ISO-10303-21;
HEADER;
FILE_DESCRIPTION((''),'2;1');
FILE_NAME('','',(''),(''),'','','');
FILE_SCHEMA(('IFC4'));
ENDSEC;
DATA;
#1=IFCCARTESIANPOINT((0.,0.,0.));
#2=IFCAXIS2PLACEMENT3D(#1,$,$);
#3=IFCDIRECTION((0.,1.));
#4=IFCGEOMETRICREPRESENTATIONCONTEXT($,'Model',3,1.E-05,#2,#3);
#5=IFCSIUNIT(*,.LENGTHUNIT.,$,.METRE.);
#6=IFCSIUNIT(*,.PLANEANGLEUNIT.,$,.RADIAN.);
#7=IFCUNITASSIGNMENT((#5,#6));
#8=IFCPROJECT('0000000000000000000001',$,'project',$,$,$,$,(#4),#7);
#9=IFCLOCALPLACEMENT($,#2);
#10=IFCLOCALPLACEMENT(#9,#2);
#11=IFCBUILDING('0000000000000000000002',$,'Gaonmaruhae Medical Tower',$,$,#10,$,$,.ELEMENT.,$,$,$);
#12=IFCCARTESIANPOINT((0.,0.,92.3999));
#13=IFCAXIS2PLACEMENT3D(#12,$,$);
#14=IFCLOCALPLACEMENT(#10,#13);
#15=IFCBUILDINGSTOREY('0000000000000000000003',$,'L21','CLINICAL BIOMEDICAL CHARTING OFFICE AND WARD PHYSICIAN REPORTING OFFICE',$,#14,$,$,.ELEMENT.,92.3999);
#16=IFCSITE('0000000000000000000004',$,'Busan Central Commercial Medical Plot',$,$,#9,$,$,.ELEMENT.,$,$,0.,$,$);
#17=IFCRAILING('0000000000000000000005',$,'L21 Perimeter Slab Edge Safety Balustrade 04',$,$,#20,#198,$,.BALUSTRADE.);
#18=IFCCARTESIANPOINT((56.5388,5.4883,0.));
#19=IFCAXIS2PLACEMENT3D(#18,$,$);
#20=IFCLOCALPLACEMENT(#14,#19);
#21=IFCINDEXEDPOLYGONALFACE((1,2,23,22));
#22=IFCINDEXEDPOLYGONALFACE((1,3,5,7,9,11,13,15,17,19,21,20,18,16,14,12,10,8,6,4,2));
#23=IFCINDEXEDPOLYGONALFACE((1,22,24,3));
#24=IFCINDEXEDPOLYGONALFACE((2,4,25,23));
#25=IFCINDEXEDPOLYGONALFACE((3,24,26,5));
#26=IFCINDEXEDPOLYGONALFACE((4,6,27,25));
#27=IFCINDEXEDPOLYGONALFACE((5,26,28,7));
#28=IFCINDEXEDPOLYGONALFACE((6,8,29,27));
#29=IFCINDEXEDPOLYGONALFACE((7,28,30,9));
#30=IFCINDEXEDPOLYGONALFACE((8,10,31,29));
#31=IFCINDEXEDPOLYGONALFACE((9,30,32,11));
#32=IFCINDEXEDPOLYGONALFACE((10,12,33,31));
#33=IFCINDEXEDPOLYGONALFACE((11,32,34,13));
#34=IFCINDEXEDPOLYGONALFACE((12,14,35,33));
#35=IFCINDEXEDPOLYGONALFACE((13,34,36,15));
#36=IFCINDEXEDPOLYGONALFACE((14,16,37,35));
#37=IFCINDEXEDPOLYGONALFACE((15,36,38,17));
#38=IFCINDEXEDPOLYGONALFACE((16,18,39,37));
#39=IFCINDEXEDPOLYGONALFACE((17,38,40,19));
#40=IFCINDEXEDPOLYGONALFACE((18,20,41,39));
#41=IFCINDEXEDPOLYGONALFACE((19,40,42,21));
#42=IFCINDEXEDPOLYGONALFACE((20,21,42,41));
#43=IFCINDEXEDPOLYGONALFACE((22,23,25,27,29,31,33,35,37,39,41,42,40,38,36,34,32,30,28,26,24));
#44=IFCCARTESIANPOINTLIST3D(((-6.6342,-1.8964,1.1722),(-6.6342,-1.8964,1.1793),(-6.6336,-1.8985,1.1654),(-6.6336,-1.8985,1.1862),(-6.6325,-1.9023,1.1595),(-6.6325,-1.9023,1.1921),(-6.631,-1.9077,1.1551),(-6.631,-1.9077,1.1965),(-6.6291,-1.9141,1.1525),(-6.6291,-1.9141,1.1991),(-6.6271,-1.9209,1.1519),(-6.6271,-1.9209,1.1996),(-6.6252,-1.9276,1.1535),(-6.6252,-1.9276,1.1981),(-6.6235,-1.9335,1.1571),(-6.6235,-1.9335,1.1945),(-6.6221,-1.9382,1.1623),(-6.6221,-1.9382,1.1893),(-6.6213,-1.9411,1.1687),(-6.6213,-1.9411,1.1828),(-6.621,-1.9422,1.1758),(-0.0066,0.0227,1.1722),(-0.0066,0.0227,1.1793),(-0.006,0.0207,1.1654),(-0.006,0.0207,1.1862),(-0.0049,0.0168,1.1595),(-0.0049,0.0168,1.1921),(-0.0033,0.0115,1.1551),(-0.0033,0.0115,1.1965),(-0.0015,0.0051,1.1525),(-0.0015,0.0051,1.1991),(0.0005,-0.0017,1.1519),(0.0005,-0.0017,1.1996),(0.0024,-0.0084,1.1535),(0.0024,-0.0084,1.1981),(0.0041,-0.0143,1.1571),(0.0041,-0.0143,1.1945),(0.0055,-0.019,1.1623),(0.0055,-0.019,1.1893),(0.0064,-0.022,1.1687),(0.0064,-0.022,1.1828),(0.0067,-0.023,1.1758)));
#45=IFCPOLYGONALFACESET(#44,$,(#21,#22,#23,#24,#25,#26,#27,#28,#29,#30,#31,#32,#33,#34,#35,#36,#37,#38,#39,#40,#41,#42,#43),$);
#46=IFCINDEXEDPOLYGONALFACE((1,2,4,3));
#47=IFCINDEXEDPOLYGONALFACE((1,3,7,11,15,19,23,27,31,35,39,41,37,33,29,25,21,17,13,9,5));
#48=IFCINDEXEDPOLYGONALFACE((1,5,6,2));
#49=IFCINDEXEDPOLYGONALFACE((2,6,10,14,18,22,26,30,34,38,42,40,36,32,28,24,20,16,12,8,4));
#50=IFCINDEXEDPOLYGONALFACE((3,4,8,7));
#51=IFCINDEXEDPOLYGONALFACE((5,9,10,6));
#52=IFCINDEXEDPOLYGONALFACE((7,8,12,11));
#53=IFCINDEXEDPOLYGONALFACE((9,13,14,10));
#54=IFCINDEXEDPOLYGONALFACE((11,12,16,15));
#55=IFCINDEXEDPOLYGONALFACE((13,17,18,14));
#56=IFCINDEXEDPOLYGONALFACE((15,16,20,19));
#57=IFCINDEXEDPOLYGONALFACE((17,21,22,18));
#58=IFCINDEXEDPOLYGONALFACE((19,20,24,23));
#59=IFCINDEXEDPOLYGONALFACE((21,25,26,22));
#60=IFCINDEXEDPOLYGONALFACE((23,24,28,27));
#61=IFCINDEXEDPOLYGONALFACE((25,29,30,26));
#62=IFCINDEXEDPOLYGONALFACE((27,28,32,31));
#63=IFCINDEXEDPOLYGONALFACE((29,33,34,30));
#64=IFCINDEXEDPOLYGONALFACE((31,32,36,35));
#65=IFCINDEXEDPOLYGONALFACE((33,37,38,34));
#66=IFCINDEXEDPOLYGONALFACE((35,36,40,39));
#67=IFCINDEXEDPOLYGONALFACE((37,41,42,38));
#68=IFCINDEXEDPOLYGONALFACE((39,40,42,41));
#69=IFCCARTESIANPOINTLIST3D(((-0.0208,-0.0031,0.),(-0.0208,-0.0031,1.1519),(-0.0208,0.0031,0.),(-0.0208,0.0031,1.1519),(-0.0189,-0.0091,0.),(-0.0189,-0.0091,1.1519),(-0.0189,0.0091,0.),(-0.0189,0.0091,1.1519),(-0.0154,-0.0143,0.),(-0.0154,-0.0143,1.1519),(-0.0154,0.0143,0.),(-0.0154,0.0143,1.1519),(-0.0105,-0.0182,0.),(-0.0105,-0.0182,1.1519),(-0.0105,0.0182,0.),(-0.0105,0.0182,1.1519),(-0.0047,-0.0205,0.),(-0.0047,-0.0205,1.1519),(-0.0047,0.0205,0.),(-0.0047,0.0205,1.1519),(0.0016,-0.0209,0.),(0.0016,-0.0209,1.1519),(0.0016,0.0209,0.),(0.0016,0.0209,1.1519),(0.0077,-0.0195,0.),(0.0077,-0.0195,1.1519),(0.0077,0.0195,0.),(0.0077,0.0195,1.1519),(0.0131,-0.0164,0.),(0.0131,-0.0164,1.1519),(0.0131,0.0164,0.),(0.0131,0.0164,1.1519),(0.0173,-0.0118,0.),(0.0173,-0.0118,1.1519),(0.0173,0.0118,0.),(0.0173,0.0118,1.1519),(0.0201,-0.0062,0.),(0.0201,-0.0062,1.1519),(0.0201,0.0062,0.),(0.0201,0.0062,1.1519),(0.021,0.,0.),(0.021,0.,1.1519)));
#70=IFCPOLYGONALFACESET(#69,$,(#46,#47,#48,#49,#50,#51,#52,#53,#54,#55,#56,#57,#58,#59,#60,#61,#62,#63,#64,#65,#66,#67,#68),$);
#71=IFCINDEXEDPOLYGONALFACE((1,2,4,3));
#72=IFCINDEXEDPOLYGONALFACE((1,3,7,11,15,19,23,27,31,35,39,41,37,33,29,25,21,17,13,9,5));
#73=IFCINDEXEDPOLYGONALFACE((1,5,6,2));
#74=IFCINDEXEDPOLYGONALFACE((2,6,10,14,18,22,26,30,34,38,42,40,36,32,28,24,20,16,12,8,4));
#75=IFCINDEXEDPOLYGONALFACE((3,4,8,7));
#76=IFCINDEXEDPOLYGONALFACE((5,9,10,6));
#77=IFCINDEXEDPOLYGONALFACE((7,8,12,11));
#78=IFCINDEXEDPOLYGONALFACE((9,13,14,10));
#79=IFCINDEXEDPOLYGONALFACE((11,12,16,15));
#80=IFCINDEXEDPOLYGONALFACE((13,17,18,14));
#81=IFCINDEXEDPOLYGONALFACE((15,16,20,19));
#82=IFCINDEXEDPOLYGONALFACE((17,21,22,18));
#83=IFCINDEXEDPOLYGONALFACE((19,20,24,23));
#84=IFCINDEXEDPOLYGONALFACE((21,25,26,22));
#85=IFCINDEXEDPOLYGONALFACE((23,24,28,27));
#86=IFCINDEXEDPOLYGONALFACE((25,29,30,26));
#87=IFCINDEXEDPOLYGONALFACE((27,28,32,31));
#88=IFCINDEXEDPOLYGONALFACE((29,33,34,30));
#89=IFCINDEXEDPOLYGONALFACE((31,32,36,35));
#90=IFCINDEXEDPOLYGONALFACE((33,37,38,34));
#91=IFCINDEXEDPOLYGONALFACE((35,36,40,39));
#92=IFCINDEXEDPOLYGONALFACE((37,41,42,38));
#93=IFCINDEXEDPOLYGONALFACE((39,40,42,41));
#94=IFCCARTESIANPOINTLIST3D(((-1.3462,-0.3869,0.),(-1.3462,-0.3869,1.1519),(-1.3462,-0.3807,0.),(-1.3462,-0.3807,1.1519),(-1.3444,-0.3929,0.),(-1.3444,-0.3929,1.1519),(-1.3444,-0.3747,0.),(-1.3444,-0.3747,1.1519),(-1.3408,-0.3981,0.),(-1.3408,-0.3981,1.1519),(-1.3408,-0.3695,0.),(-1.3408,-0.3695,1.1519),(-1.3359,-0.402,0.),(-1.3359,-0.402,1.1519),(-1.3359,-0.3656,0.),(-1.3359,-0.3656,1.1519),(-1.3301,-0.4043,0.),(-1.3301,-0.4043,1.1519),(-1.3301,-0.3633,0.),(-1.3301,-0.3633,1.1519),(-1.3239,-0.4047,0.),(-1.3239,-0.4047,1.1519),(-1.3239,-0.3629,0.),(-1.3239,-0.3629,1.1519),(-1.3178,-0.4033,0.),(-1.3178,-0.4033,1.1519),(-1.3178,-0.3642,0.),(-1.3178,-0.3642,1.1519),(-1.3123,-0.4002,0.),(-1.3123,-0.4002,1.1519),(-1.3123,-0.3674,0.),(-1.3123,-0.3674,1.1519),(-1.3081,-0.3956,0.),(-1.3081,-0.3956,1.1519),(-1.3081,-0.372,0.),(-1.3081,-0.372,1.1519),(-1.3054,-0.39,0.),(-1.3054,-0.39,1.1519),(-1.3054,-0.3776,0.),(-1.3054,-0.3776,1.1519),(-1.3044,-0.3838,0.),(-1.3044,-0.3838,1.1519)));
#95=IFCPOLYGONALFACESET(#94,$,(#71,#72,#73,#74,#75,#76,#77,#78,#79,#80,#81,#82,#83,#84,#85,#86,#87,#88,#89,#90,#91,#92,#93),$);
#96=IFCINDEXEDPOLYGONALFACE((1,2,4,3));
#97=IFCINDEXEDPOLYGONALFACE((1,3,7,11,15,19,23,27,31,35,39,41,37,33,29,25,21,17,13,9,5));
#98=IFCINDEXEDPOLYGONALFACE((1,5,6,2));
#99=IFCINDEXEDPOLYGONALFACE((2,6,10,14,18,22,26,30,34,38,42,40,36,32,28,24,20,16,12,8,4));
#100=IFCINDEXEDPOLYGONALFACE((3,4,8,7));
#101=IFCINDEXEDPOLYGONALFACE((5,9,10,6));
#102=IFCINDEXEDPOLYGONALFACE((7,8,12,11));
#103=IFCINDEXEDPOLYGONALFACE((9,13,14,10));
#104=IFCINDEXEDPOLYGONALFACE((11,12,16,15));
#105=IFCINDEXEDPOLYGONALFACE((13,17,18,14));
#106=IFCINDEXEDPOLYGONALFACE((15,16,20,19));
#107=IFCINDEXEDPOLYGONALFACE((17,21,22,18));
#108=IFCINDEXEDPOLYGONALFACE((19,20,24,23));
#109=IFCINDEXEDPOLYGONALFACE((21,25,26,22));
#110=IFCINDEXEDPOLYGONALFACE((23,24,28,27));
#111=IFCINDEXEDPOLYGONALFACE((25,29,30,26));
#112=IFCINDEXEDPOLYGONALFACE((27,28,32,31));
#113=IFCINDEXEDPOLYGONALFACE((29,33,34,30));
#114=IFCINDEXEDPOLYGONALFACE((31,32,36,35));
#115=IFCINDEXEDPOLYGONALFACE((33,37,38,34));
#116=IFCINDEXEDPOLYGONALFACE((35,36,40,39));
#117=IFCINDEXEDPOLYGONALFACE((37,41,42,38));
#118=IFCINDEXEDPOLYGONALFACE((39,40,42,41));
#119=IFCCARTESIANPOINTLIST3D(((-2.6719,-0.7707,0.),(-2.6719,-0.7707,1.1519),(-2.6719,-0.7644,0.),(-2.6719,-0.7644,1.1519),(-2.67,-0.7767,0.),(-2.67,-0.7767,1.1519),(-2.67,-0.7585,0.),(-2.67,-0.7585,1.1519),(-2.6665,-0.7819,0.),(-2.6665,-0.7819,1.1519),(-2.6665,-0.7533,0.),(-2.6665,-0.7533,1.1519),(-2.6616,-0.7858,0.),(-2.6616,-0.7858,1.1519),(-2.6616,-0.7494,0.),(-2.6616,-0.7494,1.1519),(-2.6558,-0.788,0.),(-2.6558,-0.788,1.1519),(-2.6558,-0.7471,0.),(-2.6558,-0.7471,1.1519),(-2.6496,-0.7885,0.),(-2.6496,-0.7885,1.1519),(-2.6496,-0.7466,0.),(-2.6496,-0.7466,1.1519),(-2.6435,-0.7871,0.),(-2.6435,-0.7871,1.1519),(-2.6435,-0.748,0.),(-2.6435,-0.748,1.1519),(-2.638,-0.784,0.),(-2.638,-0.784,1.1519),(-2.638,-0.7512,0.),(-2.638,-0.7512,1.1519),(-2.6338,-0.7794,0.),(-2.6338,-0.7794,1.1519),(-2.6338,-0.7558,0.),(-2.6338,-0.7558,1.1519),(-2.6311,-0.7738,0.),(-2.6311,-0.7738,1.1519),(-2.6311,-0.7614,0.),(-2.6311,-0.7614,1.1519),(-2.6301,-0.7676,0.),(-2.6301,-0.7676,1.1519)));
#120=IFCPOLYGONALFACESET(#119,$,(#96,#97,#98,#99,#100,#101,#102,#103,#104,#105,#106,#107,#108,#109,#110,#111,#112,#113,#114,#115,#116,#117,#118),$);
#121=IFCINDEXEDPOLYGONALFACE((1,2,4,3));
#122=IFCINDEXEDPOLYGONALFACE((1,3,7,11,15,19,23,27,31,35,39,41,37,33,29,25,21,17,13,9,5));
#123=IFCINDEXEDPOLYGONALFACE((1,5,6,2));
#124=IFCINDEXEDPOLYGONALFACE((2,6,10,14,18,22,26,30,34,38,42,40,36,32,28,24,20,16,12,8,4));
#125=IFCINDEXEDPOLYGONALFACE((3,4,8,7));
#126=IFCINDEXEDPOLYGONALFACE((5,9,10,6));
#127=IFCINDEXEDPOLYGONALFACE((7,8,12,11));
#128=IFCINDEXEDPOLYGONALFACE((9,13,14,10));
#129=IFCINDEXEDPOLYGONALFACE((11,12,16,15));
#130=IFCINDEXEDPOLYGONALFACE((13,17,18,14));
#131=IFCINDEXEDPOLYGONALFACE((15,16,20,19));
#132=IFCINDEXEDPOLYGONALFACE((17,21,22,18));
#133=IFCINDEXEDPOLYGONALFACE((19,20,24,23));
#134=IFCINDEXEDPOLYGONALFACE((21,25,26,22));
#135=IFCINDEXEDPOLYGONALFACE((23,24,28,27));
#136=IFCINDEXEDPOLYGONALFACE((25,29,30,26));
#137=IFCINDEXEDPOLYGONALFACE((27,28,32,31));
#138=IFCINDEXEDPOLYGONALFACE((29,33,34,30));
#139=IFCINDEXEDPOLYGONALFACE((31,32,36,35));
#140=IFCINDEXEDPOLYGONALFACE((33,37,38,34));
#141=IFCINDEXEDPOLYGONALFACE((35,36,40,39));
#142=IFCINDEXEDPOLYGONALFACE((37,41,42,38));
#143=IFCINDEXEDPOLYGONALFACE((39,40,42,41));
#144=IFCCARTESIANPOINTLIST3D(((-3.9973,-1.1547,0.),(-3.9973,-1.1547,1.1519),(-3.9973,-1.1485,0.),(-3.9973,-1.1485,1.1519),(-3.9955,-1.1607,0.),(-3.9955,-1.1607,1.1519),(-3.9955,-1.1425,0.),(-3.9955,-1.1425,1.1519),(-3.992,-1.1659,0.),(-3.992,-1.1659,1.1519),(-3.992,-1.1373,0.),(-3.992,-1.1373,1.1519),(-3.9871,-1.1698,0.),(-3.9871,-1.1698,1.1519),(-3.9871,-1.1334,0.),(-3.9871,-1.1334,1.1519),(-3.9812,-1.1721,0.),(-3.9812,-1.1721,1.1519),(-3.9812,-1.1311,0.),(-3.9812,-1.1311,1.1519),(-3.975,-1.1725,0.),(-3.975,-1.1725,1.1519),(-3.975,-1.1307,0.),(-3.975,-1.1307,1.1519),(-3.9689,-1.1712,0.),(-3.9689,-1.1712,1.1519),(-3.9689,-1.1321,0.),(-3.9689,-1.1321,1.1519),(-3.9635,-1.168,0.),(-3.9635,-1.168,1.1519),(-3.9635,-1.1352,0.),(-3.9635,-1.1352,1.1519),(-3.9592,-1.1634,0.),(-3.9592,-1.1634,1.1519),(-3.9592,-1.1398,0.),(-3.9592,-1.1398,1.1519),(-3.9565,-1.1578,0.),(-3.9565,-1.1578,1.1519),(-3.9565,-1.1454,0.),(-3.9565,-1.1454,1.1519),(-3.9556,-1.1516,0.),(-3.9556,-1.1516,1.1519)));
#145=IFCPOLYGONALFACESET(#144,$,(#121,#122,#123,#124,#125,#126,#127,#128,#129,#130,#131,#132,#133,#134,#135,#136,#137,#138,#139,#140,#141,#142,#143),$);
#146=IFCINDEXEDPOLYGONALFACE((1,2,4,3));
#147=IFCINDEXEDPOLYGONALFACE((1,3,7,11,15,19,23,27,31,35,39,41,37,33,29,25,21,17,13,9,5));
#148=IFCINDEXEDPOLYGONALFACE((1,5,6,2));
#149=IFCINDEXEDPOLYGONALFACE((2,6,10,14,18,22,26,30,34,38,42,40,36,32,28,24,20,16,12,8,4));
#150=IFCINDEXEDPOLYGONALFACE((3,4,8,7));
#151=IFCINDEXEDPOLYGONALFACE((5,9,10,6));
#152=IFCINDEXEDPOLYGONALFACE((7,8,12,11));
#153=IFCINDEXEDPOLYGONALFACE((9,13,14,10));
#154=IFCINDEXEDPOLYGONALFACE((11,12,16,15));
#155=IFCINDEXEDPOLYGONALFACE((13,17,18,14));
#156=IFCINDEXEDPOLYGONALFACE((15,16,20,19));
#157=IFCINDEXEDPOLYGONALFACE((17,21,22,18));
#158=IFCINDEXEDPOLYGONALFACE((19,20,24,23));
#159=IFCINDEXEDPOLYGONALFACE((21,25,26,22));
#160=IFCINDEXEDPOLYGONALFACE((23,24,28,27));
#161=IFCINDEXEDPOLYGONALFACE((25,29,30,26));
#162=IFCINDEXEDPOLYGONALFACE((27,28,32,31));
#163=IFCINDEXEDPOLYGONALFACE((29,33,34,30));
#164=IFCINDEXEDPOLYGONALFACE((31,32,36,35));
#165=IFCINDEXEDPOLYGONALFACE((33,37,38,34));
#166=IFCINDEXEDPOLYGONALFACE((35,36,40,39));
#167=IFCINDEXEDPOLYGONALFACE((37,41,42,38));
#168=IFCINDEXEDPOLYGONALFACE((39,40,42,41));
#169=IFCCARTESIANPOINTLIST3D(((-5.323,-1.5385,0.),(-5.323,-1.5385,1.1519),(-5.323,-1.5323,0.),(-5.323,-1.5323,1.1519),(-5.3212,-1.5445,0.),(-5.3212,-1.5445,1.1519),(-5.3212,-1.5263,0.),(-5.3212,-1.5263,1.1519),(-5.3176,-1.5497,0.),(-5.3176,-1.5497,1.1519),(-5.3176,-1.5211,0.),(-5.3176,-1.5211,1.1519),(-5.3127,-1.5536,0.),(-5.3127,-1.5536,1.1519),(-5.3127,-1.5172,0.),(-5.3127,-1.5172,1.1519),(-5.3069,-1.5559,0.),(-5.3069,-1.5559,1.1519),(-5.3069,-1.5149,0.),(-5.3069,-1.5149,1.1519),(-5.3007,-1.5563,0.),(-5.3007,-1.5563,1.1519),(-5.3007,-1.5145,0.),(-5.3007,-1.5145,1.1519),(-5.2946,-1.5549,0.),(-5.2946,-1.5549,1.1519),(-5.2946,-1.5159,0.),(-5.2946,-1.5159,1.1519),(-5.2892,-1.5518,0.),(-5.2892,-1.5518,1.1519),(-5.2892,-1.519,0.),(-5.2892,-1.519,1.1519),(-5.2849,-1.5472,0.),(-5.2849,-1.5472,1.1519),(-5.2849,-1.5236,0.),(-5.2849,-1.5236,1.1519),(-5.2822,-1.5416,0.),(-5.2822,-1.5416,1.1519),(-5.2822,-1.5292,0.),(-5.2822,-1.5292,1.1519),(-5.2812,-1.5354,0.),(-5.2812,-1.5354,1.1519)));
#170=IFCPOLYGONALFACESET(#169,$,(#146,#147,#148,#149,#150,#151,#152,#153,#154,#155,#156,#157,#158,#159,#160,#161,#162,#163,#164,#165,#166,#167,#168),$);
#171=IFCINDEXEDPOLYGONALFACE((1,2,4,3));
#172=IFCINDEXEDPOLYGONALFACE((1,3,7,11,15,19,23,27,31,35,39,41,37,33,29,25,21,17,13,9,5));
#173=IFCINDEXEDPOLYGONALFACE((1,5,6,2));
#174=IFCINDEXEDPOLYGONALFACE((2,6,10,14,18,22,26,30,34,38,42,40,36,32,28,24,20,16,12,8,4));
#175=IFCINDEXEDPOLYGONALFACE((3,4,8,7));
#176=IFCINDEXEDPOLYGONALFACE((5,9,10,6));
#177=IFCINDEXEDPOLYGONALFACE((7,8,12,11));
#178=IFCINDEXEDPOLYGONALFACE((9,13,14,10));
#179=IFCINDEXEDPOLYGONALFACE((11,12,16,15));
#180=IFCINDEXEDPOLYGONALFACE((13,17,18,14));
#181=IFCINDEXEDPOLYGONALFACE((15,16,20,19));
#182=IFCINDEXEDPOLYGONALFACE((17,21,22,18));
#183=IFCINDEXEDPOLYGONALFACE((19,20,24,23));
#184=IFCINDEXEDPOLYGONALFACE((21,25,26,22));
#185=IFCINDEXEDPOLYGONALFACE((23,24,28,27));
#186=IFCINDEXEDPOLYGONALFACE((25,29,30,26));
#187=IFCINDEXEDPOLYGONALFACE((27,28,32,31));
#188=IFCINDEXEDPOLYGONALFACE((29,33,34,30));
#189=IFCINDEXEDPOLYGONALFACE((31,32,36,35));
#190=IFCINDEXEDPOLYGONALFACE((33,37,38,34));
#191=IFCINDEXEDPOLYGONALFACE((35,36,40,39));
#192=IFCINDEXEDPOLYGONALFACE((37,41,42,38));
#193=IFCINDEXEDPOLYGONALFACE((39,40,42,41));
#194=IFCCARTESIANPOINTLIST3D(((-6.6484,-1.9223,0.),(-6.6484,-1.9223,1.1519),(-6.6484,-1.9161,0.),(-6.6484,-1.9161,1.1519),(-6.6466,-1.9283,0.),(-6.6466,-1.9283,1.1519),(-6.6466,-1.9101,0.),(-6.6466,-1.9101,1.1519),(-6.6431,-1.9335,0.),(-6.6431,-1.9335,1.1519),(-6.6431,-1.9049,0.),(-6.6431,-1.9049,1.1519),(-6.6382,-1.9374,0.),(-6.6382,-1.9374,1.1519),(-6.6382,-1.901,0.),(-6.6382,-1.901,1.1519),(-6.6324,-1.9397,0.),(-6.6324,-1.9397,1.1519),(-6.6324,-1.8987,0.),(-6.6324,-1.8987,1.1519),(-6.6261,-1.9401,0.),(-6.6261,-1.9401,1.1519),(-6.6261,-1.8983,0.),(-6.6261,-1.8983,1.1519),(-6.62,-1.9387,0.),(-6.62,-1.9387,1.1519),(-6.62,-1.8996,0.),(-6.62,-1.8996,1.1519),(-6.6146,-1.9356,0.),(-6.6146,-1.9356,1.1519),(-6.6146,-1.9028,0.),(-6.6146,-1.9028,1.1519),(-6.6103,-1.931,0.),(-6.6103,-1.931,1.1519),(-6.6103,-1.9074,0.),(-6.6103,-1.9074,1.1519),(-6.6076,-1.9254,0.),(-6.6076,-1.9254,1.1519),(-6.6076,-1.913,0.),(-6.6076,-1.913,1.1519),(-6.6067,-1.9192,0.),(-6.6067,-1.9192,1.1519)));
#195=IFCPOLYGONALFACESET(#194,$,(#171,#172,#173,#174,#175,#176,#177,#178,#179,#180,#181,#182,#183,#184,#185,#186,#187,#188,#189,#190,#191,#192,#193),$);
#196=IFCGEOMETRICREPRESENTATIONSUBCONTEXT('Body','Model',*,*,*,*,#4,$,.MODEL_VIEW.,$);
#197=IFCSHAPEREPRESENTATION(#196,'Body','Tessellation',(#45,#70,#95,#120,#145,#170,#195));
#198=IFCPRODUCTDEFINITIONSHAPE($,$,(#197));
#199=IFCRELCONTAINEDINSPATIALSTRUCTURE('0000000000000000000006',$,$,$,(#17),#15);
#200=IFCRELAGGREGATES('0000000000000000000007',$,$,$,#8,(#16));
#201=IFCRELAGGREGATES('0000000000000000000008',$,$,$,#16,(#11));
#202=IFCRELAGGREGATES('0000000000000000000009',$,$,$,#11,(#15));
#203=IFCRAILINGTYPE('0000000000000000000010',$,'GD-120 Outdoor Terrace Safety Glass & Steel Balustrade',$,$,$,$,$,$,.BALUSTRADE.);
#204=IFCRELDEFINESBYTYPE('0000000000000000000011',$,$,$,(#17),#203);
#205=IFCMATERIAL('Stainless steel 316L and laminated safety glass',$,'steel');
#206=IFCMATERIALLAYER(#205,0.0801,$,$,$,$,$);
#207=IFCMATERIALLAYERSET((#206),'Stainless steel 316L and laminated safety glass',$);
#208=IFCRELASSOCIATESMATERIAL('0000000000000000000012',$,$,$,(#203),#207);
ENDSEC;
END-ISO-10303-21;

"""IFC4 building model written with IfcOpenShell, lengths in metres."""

from ifc_helpers import new_model, si_unit, direction, frame, origin, origin_2d, place, context, subcontext, project, spatial, circle, extrude, material, layer, layer_set, type_object, element, save


model = new_model("IFC4")

# Units and contexts
model_context = context("Model", 3, precision=1e-05, world=origin(), true_north=direction((0.0, 1.0)))
body_context = subcontext(model_context, "Body", "Model", "MODEL_VIEW")
ifc_project = project(units=[si_unit("LENGTHUNIT", "METRE"), si_unit("PLANEANGLEUNIT", "RADIAN")], contexts=[model_context])

# Site, building, storey
site_placement = place(None, origin())
site = spatial("IfcSite", under=ifc_project, at=site_placement, Name="Busan Central Commercial Medical Plot", CompositionType="ELEMENT", RefElevation=0.0)
building_placement = place(site_placement, origin())
building = spatial("IfcBuilding", under=site, at=building_placement, Name="Gaonmaruhae Medical Tower", CompositionType="ELEMENT")
storey_placement = place(building_placement, frame((0.0, 0.0, 92.3999)))
storey = spatial("IfcBuildingStorey", under=building, at=storey_placement, Name="L21", Description="CLINICAL BIOMEDICAL CHARTING OFFICE AND WARD PHYSICIAN REPORTING OFFICE", CompositionType="ELEMENT", Elevation=92.3999)

# Railing
ifc_material_1 = material(Name="Stainless steel 316L and laminated safety glass", Category="steel")
ifc_layer_1 = layer(ifc_material_1, 0.0801)
ifc_layer_set_1 = layer_set([ifc_layer_1], Name="Stainless steel 316L and laminated safety glass")
railing_type = type_object("IfcRailingType", Name="GD-120 Outdoor Terrace Safety Glass & Steel Balustrade", PredefinedType="BALUSTRADE", material=ifc_layer_set_1)
railing_1_placement = place(storey_placement, frame((56.5388, 5.4883, 0.0)))
element("IfcRailing", 1, at=railing_1_placement, inside=storey, type_object=railing_type, Name="L21 Perimeter Slab Edge Safety Balustrade 04", PredefinedType="BALUSTRADE", context=body_context, shape_type="SweptSolid", body=[
    extrude(circle(Radius=0.0239, at=origin_2d()), frame((0.0, 0.0, 1.1758), z_axis=(-0.960539, -0.278145, 0.0), x_axis=(0.278145, -0.960539, 0.0)), (0.0, 0.0, 1.0), 6.8999),
    extrude(circle(Radius=0.021, at=origin_2d()), origin(), (0.0, 0.0, 1.0), 1.1519),
    extrude(circle(Radius=0.021, at=origin_2d()), frame((-1.3254, -0.3838, 0.0)), (0.0, 0.0, 1.0), 1.1519),
    extrude(circle(Radius=0.021, at=origin_2d()), frame((-2.6511, -0.7676, 0.0)), (0.0, 0.0, 1.0), 1.1519),
    extrude(circle(Radius=0.021, at=origin_2d()), frame((-3.9766, -1.1516, 0.0)), (0.0, 0.0, 1.0), 1.1519),
    extrude(circle(Radius=0.021, at=origin_2d()), frame((-5.3022, -1.5354, 0.0)), (0.0, 0.0, 1.0), 1.1519),
    extrude(circle(Radius=0.021, at=origin_2d()), frame((-6.6277, -1.9192, 0.0)), (0.0, 0.0, 1.0), 1.1519),
])

save(model, "model.ifc")
